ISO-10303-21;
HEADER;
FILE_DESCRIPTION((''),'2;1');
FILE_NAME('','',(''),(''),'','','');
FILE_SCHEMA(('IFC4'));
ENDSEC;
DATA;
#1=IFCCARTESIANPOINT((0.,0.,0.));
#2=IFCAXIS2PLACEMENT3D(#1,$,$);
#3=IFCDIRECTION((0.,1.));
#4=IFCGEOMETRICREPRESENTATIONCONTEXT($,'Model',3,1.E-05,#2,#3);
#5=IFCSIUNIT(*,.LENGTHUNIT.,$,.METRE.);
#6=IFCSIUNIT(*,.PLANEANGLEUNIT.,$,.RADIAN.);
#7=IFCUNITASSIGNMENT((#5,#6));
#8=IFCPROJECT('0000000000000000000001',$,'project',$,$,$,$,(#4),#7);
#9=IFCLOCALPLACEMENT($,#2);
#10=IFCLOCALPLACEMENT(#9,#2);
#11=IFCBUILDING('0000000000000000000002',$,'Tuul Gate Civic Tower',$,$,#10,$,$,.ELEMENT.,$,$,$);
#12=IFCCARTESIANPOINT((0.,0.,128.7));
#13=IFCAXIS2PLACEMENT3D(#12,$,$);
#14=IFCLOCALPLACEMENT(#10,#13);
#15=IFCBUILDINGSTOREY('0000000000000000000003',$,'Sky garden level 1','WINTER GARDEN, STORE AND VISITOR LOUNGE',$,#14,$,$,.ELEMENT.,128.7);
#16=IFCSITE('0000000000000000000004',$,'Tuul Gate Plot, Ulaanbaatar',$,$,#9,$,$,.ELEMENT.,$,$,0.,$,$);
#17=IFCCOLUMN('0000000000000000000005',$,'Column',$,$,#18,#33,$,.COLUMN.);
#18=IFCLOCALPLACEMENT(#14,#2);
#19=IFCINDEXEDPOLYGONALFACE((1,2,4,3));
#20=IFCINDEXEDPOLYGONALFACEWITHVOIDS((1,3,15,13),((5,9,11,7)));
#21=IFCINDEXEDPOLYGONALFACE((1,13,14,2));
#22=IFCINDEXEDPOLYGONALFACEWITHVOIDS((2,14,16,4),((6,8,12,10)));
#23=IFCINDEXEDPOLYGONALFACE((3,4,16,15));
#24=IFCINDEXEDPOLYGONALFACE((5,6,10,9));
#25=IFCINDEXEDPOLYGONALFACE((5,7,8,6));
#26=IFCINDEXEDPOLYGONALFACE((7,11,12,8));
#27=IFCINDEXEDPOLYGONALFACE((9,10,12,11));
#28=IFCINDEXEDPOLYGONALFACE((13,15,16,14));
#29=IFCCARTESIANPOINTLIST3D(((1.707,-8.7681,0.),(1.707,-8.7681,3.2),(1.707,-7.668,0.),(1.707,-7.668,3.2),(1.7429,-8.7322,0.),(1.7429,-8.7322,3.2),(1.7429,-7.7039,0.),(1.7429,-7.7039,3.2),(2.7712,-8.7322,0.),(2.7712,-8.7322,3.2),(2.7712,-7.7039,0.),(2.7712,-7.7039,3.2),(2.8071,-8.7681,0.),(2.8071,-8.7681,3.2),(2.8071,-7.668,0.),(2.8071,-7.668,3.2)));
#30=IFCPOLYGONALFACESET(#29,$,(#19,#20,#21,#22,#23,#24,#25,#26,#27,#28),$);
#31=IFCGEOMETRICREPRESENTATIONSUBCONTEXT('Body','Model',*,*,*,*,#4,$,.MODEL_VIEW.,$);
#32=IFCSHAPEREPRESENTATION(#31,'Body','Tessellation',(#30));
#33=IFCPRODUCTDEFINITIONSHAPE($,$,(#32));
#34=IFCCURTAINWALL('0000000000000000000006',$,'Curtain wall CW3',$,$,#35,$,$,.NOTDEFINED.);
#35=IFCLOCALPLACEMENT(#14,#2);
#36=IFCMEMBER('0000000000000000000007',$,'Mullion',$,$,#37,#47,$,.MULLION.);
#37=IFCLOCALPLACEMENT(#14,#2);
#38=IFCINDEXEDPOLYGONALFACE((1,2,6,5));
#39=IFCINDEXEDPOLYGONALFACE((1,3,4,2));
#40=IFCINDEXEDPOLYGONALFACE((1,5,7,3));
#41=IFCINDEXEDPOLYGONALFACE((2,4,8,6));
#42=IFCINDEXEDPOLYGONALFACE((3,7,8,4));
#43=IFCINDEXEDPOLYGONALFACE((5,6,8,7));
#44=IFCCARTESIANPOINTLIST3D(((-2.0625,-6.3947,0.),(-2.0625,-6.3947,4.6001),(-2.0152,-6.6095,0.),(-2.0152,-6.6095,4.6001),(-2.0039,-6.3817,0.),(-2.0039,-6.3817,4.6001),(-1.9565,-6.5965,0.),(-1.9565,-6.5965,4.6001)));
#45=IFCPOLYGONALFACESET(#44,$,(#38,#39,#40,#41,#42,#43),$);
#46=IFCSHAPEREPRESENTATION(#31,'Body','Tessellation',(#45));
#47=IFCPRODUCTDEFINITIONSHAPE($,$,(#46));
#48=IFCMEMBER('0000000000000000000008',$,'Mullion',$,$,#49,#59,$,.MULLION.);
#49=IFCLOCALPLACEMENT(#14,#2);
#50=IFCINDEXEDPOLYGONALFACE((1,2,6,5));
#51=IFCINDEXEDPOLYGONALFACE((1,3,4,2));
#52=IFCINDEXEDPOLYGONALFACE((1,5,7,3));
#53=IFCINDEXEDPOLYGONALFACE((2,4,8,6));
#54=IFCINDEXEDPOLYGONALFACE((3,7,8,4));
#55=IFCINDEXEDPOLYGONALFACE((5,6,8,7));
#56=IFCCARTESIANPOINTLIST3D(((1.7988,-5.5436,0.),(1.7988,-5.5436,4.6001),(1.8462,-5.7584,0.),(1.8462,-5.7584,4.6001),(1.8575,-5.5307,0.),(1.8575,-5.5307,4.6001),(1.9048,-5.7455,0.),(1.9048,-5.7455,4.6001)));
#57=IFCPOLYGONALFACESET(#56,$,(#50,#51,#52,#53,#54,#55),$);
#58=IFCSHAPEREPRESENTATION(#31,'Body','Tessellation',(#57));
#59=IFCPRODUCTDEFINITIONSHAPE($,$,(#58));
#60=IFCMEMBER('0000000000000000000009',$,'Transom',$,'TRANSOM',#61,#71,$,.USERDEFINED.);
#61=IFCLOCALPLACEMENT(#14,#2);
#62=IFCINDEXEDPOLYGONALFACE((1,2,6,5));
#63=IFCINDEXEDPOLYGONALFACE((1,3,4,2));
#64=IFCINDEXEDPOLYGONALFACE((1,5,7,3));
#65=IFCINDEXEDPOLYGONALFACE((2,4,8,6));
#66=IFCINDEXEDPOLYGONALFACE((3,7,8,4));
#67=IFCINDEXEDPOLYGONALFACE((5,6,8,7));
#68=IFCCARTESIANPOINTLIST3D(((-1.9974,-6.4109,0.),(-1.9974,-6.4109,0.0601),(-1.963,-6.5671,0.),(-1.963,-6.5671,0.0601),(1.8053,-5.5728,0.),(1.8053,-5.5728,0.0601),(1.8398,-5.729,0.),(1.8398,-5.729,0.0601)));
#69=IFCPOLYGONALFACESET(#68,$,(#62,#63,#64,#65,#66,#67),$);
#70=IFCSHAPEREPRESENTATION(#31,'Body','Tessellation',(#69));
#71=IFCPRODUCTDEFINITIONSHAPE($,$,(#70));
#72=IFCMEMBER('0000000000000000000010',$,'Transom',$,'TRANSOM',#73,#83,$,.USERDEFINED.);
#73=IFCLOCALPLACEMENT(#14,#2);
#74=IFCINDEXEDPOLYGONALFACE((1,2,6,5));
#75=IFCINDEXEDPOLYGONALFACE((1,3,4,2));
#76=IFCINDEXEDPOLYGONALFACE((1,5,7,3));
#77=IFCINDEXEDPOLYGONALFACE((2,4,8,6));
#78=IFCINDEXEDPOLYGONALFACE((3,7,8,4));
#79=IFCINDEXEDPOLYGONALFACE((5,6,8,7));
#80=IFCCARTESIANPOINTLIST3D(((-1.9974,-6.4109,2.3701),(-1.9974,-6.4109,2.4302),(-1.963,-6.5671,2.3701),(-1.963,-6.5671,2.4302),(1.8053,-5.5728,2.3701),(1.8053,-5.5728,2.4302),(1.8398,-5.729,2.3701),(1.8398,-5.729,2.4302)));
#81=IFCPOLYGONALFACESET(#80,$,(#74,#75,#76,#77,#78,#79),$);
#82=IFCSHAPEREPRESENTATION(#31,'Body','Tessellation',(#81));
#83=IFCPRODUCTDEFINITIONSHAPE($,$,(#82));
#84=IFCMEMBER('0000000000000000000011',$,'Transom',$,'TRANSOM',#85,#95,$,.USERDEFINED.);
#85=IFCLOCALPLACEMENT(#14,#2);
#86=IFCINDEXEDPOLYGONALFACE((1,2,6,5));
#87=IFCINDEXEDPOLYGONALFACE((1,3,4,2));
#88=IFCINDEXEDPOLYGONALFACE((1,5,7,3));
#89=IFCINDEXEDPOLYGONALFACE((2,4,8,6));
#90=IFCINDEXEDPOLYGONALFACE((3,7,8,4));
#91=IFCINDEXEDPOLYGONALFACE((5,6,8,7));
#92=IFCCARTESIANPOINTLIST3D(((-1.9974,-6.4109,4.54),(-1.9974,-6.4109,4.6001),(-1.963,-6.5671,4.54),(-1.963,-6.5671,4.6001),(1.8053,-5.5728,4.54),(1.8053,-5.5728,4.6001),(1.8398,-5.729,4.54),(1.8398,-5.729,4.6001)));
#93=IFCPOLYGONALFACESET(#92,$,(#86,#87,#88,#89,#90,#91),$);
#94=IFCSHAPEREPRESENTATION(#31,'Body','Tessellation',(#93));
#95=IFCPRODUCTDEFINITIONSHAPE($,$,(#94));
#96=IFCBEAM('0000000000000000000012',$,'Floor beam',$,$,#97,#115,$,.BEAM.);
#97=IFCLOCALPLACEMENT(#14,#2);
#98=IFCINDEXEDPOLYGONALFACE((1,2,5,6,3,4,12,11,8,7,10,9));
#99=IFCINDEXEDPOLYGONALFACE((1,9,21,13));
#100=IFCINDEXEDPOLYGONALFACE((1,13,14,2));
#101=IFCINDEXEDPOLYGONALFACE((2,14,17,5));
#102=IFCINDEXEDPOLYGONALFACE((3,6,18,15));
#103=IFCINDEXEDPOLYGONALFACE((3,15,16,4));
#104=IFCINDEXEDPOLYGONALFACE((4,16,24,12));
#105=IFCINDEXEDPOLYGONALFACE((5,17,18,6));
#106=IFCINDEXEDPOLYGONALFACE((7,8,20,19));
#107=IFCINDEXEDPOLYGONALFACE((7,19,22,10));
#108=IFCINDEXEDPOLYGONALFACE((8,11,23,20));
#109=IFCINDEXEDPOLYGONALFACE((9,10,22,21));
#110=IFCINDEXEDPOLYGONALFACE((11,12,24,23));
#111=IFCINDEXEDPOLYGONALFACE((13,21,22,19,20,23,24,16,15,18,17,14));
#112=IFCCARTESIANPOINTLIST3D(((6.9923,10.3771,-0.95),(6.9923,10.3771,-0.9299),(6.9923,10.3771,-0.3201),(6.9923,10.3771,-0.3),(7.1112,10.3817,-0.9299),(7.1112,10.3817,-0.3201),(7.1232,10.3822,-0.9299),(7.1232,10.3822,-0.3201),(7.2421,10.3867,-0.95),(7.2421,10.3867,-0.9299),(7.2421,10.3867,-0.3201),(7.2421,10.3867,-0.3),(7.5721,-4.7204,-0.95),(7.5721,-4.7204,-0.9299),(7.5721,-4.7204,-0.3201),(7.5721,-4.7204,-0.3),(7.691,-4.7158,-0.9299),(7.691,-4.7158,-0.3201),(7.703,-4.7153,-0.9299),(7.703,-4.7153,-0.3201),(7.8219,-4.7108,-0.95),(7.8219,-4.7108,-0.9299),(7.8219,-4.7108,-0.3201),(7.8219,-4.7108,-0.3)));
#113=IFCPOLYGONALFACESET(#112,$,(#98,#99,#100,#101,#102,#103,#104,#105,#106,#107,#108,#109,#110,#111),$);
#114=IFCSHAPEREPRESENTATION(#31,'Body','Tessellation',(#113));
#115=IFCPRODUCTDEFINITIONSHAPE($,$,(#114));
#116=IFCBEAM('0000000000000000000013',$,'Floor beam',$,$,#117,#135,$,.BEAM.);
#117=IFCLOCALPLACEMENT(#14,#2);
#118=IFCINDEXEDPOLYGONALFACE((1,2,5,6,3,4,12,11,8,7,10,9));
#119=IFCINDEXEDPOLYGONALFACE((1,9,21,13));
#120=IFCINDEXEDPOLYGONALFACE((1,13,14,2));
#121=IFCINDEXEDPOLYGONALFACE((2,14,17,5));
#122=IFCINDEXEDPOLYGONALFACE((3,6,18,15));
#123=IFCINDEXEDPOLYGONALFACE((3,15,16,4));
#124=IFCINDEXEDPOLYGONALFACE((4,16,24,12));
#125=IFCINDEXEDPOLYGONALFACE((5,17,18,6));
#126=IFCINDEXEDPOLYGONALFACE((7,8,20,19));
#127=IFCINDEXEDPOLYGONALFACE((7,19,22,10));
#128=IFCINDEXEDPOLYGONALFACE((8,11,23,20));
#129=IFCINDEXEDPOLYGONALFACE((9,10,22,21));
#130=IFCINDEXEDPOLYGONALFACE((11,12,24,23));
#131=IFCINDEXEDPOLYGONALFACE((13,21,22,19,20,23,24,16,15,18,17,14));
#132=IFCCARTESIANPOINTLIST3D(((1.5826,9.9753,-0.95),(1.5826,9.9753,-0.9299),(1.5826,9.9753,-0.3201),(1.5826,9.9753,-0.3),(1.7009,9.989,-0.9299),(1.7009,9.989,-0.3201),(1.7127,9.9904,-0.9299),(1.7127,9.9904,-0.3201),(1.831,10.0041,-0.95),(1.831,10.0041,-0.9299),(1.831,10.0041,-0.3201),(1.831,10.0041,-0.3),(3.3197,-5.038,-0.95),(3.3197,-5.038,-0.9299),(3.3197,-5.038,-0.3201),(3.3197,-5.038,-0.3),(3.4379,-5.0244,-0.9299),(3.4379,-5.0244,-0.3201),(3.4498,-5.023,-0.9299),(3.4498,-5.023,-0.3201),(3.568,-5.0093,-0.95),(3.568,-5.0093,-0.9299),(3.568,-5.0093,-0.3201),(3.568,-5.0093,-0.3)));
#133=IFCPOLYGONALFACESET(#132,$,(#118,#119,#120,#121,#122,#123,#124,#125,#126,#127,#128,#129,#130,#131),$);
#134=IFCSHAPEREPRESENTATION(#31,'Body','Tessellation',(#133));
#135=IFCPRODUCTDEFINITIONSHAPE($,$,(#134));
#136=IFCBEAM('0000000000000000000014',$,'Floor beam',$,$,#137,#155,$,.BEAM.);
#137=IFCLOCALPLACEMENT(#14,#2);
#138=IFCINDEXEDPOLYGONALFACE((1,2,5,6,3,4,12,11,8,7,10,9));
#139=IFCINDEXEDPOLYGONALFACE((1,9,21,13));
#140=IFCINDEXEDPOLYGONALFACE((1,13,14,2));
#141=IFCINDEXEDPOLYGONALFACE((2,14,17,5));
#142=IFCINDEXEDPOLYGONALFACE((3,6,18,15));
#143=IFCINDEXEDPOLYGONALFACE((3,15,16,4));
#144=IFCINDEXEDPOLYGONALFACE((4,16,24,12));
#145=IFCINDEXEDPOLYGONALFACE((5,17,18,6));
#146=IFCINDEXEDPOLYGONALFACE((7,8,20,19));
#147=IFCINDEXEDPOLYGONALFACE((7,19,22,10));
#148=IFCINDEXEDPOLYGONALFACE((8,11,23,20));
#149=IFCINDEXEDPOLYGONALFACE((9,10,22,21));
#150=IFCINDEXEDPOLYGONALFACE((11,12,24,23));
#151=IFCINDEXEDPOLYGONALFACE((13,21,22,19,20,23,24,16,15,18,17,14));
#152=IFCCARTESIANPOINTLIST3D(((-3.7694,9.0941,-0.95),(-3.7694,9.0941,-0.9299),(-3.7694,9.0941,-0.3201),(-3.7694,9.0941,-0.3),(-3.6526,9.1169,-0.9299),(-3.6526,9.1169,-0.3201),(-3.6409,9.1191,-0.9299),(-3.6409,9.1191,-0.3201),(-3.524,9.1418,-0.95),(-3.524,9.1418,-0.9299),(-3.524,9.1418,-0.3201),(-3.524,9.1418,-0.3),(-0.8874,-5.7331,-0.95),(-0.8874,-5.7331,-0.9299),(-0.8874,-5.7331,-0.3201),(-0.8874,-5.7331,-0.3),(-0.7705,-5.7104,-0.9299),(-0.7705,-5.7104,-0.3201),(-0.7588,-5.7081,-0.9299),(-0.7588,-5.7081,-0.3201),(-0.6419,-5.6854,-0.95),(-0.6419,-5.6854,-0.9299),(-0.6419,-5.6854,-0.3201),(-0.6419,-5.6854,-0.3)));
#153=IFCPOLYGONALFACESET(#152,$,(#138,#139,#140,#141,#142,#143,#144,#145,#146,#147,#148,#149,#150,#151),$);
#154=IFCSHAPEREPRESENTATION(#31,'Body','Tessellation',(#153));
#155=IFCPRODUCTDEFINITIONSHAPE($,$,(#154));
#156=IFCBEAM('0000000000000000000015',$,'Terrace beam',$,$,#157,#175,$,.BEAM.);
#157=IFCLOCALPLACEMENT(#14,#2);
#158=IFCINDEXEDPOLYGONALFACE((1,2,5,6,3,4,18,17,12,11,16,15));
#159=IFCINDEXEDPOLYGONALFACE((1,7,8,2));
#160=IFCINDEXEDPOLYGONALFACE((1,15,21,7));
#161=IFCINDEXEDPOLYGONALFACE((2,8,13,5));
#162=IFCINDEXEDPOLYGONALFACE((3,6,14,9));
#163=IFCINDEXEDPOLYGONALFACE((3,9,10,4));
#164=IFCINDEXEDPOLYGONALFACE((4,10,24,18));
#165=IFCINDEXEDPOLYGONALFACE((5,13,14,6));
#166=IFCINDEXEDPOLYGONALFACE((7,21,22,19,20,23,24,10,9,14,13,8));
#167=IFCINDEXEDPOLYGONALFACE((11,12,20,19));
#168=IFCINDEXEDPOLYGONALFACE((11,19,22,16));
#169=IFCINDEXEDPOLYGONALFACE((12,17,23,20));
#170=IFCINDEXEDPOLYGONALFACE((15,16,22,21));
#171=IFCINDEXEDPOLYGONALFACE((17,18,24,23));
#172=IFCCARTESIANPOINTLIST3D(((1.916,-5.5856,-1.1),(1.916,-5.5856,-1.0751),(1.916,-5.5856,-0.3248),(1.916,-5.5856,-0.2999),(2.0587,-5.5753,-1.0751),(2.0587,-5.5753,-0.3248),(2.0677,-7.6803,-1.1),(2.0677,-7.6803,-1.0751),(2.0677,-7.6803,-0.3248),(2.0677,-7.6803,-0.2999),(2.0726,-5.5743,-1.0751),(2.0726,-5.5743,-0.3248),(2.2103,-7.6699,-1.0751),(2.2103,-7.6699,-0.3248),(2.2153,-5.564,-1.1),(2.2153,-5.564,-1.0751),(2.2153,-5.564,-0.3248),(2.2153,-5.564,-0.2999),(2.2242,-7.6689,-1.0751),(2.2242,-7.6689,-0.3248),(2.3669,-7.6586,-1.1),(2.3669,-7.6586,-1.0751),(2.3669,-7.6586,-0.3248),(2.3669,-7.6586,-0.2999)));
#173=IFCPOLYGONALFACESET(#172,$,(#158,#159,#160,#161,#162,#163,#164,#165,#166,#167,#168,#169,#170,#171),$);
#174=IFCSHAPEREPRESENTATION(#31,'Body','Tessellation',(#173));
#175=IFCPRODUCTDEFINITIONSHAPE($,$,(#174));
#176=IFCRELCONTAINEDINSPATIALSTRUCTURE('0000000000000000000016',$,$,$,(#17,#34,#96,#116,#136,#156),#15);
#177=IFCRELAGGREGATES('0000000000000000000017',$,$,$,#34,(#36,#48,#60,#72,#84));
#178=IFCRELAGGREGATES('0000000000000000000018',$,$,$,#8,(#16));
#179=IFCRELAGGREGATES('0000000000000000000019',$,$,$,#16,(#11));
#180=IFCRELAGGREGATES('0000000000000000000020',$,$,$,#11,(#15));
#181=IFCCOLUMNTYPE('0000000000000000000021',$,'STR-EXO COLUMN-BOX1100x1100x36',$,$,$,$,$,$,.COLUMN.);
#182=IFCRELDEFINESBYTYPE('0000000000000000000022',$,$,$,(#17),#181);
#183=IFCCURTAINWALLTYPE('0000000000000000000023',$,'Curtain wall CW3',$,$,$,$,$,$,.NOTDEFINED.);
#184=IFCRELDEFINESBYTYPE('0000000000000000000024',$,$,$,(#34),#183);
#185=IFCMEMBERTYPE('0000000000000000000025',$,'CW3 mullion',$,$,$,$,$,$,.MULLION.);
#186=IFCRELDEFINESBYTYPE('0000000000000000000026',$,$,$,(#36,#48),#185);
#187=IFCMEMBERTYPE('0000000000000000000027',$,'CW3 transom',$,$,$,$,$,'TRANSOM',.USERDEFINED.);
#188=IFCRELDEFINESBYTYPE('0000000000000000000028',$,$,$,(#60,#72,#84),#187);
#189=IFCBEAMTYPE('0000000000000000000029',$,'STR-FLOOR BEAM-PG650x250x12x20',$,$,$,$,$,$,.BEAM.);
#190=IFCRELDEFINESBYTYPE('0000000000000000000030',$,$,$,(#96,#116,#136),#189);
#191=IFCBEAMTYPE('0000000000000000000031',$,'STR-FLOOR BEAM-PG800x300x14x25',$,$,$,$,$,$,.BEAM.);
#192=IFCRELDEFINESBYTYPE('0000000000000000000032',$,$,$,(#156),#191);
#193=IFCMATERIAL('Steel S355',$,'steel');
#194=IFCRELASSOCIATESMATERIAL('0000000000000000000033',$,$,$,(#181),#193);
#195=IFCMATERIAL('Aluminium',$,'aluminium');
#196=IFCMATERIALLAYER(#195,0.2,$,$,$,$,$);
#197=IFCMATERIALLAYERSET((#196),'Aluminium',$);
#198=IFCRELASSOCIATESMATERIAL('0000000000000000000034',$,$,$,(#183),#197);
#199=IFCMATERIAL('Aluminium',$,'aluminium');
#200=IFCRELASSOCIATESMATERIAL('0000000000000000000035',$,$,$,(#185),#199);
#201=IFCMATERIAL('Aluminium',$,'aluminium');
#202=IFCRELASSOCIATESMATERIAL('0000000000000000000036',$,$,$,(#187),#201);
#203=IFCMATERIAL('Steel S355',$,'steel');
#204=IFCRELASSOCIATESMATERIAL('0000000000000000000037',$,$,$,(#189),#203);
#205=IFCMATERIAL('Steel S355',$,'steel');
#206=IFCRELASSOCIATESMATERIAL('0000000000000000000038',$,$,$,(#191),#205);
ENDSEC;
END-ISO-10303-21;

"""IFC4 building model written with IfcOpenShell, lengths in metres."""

from ifc_helpers import new_model, si_unit, direction, frame, origin, origin_2d, place, context, subcontext, project, spatial, rectangle, hollow_rectangle, i_section, extrude, material, layer, layer_set, material_profile, profile_set, type_object, element, aggregate, save


model = new_model("IFC4")

# Units and contexts
model_context = context("Model", 3, precision=1e-05, world=origin(), true_north=direction((0.0, 1.0)))
body_context = subcontext(model_context, "Body", "Model", "MODEL_VIEW")
ifc_project = project(units=[si_unit("LENGTHUNIT", "METRE"), si_unit("PLANEANGLEUNIT", "RADIAN")], contexts=[model_context])

# Site, building, storey
site_placement = place(None, origin())
site = spatial("IfcSite", under=ifc_project, at=site_placement, Name="Tuul Gate Plot, Ulaanbaatar", CompositionType="ELEMENT", RefElevation=0.0)
building_placement = place(site_placement, origin())
building = spatial("IfcBuilding", under=site, at=building_placement, Name="Tuul Gate Civic Tower", CompositionType="ELEMENT")
storey_placement = place(building_placement, frame((0.0, 0.0, 128.7)))
storey = spatial("IfcBuildingStorey", under=building, at=storey_placement, Name="Sky garden level 1", Description="WINTER GARDEN, STORE AND VISITOR LOUNGE", CompositionType="ELEMENT", Elevation=128.7)

# Column
ifc_material_1 = material(Name="Steel S355", Category="steel")
ifc_material_profile_1 = material_profile(ifc_material_1, hollow_rectangle(XDim=1.1001, YDim=1.1001, WallThickness=0.0359, at=origin_2d()), Name="BOX1100x1100x36")
ifc_profile_set_1 = profile_set([ifc_material_profile_1], Name="Steel S355")
column_type = type_object("IfcColumnType", Name="STR-EXO COLUMN-BOX1100x1100x36", PredefinedType="COLUMN", material=ifc_profile_set_1)
column_placement = place(storey_placement, frame((2.2571, -8.218, 0.0), z_axis=(0.0, 0.0, 1.0), x_axis=(1.0, 0.0, 0.0)))
element("IfcColumn", 1, at=column_placement, inside=storey, type_object=column_type, Name="Column", PredefinedType="COLUMN", context=body_context, shape_type="SweptSolid", body=[
    extrude(hollow_rectangle(XDim=1.1001, YDim=1.1001, WallThickness=0.0359, at=origin_2d()), origin(), (0.0, 0.0, 1.0), 3.2),
])

# Curtain wall, members
ifc_material_2 = material(Name="Aluminium", Category="aluminium")
ifc_layer_1 = layer(ifc_material_2, 0.2)
ifc_layer_set_1 = layer_set([ifc_layer_1], Name="Aluminium")
curtain_wall_type = type_object("IfcCurtainWallType", Name="Curtain wall CW3", PredefinedType="NOTDEFINED", material=ifc_layer_set_1)
curtain_wall_placement = place(storey_placement, origin())
curtain_wall = element("IfcCurtainWall", 2, at=curtain_wall_placement, inside=storey, type_object=curtain_wall_type, Name="Curtain wall CW3", PredefinedType="NOTDEFINED")
ifc_material_3 = material(Name="Aluminium", Category="aluminium")
ifc_material_profile_2 = material_profile(ifc_material_3, rectangle(XDim=0.22, YDim=0.0601, at=origin_2d()), Name="CW3 mullion")
ifc_profile_set_2 = profile_set([ifc_material_profile_2], Name="Aluminium")
member_type_1 = type_object("IfcMemberType", Name="CW3 mullion", PredefinedType="MULLION", material=ifc_profile_set_2)
member_1_placement = place(storey_placement, frame((-2.0095, -6.4956, 0.0), z_axis=(0.0, 0.0, 1.0), x_axis=(-0.215242, 0.976561, 0.0)))
member_1 = element("IfcMember", 3, at=member_1_placement, type_object=member_type_1, Name="Mullion", PredefinedType="MULLION", context=body_context, shape_type="SweptSolid", body=[
    extrude(rectangle(XDim=0.22, YDim=0.0601, at=origin_2d()), origin(), (0.0, 0.0, 1.0), 4.6001),
])
member_2_placement = place(storey_placement, frame((1.8518, -5.6445, 0.0), z_axis=(0.0, 0.0, 1.0), x_axis=(-0.215242, 0.976561, 0.0)))
member_2 = element("IfcMember", 4, at=member_2_placement, type_object=member_type_1, Name="Mullion", PredefinedType="MULLION", context=body_context, shape_type="SweptSolid", body=[
    extrude(rectangle(XDim=0.22, YDim=0.0601, at=origin_2d()), origin(), (0.0, 0.0, 1.0), 4.6001),
])
ifc_material_4 = material(Name="Aluminium", Category="aluminium")
ifc_material_profile_3 = material_profile(ifc_material_4, rectangle(XDim=0.1599, YDim=0.0601, at=origin_2d()), Name="CW3 transom")
ifc_profile_set_3 = profile_set([ifc_material_profile_3], Name="Aluminium")
member_type_2 = type_object("IfcMemberType", Name="CW3 transom", ElementType="TRANSOM", PredefinedType="USERDEFINED", material=ifc_profile_set_3)
member_3_placement = place(storey_placement, frame((-1.9802, -6.489, 0.03), z_axis=(0.976562, 0.215237, 0.0), x_axis=(-0.215237, 0.976562, 0.0)))
member_3 = element("IfcMember", 5, at=member_3_placement, type_object=member_type_2, Name="Transom", ObjectType="TRANSOM", PredefinedType="USERDEFINED", context=body_context, shape_type="SweptSolid", body=[
    extrude(rectangle(XDim=0.1599, YDim=0.0601, at=origin_2d()), origin(), (0.0, 0.0, 1.0), 3.894),
])
member_4_placement = place(storey_placement, frame((-1.9802, -6.489, 2.4001), z_axis=(0.976562, 0.215237, 0.0), x_axis=(-0.215237, 0.976562, 0.0)))
member_4 = element("IfcMember", 6, at=member_4_placement, type_object=member_type_2, Name="Transom", ObjectType="TRANSOM", PredefinedType="USERDEFINED", context=body_context, shape_type="SweptSolid", body=[
    extrude(rectangle(XDim=0.1599, YDim=0.0601, at=origin_2d()), origin(), (0.0, 0.0, 1.0), 3.894),
])
member_5_placement = place(storey_placement, frame((-1.9802, -6.489, 4.5701), z_axis=(0.976562, 0.215237, 0.0), x_axis=(-0.215237, 0.976562, 0.0)))
member_5 = element("IfcMember", 7, at=member_5_placement, type_object=member_type_2, Name="Transom", ObjectType="TRANSOM", PredefinedType="USERDEFINED", context=body_context, shape_type="SweptSolid", body=[
    extrude(rectangle(XDim=0.1599, YDim=0.0601, at=origin_2d()), origin(), (0.0, 0.0, 1.0), 3.894),
])

# Beams
ifc_material_5 = material(Name="Steel S355", Category="steel")
ifc_material_profile_4 = material_profile(ifc_material_5, i_section(OverallWidth=0.25, OverallDepth=0.6499, WebThickness=0.012, FlangeThickness=0.02, at=origin_2d()), Name="PG650x250x12x20")
ifc_profile_set_4 = profile_set([ifc_material_profile_4], Name="Steel S355")
beam_type_1 = type_object("IfcBeamType", Name="STR-FLOOR BEAM-PG650x250x12x20", PredefinedType="BEAM", material=ifc_profile_set_4)
beam_1_placement = place(storey_placement, frame((7.697, -4.7156, -0.625), z_axis=(-0.038378, 0.999263, 0.0), x_axis=(-0.999263, -0.038378, 0.0)))
element("IfcBeam", 8, at=beam_1_placement, inside=storey, type_object=beam_type_1, Name="Floor beam", PredefinedType="BEAM", context=body_context, shape_type="SweptSolid", body=[
    extrude(i_section(OverallWidth=0.25, OverallDepth=0.6499, WebThickness=0.012, FlangeThickness=0.02, at=origin_2d()), origin(), (0.0, 0.0, 1.0), 15.1086),
])
beam_2_placement = place(storey_placement, frame((3.4438, -5.0237, -0.625), z_axis=(-0.114934, 0.993373, 0.0), x_axis=(-0.993373, -0.114934, 0.0)))
element("IfcBeam", 9, at=beam_2_placement, inside=storey, type_object=beam_type_1, Name="Floor beam", PredefinedType="BEAM", context=body_context, shape_type="SweptSolid", body=[
    extrude(i_section(OverallWidth=0.25, OverallDepth=0.6499, WebThickness=0.012, FlangeThickness=0.02, at=origin_2d()), origin(), (0.0, 0.0, 1.0), 15.1135),
])
beam_3_placement = place(storey_placement, frame((-0.7646, -5.7092, -0.625), z_axis=(-0.190807, 0.981628, 0.0), x_axis=(-0.981628, -0.190807, 0.0)))
element("IfcBeam", 10, at=beam_3_placement, inside=storey, type_object=beam_type_1, Name="Floor beam", PredefinedType="BEAM", context=body_context, shape_type="SweptSolid", body=[
    extrude(i_section(OverallWidth=0.25, OverallDepth=0.6499, WebThickness=0.012, FlangeThickness=0.02, at=origin_2d()), origin(), (0.0, 0.0, 1.0), 15.1047),
])
ifc_material_6 = material(Name="Steel S355", Category="steel")
ifc_material_profile_5 = material_profile(ifc_material_6, i_section(OverallWidth=0.3, OverallDepth=0.8, WebThickness=0.0139, FlangeThickness=0.0249, at=origin_2d()), Name="PG800x300x14x25")
ifc_profile_set_5 = profile_set([ifc_material_profile_5], Name="Steel S355")
beam_type_2 = type_object("IfcBeamType", Name="STR-FLOOR BEAM-PG800x300x14x25", PredefinedType="BEAM", material=ifc_profile_set_5)
beam_4_placement = place(storey_placement, frame((2.2173, -7.6694, -0.7), z_axis=(-0.072189, 0.997391, 0.0), x_axis=(-0.997391, -0.072189, 0.0)))
element("IfcBeam", 11, at=beam_4_placement, inside=storey, type_object=beam_type_2, Name="Terrace beam", PredefinedType="BEAM", context=body_context, shape_type="SweptSolid", body=[
    extrude(i_section(OverallWidth=0.3, OverallDepth=0.8, WebThickness=0.0139, FlangeThickness=0.0249, at=origin_2d()), origin(), (0.0, 0.0, 1.0), 2.1001),
])

aggregate(curtain_wall, [member_1, member_2, member_3, member_4, member_5])

save(model, "model.ifc")
